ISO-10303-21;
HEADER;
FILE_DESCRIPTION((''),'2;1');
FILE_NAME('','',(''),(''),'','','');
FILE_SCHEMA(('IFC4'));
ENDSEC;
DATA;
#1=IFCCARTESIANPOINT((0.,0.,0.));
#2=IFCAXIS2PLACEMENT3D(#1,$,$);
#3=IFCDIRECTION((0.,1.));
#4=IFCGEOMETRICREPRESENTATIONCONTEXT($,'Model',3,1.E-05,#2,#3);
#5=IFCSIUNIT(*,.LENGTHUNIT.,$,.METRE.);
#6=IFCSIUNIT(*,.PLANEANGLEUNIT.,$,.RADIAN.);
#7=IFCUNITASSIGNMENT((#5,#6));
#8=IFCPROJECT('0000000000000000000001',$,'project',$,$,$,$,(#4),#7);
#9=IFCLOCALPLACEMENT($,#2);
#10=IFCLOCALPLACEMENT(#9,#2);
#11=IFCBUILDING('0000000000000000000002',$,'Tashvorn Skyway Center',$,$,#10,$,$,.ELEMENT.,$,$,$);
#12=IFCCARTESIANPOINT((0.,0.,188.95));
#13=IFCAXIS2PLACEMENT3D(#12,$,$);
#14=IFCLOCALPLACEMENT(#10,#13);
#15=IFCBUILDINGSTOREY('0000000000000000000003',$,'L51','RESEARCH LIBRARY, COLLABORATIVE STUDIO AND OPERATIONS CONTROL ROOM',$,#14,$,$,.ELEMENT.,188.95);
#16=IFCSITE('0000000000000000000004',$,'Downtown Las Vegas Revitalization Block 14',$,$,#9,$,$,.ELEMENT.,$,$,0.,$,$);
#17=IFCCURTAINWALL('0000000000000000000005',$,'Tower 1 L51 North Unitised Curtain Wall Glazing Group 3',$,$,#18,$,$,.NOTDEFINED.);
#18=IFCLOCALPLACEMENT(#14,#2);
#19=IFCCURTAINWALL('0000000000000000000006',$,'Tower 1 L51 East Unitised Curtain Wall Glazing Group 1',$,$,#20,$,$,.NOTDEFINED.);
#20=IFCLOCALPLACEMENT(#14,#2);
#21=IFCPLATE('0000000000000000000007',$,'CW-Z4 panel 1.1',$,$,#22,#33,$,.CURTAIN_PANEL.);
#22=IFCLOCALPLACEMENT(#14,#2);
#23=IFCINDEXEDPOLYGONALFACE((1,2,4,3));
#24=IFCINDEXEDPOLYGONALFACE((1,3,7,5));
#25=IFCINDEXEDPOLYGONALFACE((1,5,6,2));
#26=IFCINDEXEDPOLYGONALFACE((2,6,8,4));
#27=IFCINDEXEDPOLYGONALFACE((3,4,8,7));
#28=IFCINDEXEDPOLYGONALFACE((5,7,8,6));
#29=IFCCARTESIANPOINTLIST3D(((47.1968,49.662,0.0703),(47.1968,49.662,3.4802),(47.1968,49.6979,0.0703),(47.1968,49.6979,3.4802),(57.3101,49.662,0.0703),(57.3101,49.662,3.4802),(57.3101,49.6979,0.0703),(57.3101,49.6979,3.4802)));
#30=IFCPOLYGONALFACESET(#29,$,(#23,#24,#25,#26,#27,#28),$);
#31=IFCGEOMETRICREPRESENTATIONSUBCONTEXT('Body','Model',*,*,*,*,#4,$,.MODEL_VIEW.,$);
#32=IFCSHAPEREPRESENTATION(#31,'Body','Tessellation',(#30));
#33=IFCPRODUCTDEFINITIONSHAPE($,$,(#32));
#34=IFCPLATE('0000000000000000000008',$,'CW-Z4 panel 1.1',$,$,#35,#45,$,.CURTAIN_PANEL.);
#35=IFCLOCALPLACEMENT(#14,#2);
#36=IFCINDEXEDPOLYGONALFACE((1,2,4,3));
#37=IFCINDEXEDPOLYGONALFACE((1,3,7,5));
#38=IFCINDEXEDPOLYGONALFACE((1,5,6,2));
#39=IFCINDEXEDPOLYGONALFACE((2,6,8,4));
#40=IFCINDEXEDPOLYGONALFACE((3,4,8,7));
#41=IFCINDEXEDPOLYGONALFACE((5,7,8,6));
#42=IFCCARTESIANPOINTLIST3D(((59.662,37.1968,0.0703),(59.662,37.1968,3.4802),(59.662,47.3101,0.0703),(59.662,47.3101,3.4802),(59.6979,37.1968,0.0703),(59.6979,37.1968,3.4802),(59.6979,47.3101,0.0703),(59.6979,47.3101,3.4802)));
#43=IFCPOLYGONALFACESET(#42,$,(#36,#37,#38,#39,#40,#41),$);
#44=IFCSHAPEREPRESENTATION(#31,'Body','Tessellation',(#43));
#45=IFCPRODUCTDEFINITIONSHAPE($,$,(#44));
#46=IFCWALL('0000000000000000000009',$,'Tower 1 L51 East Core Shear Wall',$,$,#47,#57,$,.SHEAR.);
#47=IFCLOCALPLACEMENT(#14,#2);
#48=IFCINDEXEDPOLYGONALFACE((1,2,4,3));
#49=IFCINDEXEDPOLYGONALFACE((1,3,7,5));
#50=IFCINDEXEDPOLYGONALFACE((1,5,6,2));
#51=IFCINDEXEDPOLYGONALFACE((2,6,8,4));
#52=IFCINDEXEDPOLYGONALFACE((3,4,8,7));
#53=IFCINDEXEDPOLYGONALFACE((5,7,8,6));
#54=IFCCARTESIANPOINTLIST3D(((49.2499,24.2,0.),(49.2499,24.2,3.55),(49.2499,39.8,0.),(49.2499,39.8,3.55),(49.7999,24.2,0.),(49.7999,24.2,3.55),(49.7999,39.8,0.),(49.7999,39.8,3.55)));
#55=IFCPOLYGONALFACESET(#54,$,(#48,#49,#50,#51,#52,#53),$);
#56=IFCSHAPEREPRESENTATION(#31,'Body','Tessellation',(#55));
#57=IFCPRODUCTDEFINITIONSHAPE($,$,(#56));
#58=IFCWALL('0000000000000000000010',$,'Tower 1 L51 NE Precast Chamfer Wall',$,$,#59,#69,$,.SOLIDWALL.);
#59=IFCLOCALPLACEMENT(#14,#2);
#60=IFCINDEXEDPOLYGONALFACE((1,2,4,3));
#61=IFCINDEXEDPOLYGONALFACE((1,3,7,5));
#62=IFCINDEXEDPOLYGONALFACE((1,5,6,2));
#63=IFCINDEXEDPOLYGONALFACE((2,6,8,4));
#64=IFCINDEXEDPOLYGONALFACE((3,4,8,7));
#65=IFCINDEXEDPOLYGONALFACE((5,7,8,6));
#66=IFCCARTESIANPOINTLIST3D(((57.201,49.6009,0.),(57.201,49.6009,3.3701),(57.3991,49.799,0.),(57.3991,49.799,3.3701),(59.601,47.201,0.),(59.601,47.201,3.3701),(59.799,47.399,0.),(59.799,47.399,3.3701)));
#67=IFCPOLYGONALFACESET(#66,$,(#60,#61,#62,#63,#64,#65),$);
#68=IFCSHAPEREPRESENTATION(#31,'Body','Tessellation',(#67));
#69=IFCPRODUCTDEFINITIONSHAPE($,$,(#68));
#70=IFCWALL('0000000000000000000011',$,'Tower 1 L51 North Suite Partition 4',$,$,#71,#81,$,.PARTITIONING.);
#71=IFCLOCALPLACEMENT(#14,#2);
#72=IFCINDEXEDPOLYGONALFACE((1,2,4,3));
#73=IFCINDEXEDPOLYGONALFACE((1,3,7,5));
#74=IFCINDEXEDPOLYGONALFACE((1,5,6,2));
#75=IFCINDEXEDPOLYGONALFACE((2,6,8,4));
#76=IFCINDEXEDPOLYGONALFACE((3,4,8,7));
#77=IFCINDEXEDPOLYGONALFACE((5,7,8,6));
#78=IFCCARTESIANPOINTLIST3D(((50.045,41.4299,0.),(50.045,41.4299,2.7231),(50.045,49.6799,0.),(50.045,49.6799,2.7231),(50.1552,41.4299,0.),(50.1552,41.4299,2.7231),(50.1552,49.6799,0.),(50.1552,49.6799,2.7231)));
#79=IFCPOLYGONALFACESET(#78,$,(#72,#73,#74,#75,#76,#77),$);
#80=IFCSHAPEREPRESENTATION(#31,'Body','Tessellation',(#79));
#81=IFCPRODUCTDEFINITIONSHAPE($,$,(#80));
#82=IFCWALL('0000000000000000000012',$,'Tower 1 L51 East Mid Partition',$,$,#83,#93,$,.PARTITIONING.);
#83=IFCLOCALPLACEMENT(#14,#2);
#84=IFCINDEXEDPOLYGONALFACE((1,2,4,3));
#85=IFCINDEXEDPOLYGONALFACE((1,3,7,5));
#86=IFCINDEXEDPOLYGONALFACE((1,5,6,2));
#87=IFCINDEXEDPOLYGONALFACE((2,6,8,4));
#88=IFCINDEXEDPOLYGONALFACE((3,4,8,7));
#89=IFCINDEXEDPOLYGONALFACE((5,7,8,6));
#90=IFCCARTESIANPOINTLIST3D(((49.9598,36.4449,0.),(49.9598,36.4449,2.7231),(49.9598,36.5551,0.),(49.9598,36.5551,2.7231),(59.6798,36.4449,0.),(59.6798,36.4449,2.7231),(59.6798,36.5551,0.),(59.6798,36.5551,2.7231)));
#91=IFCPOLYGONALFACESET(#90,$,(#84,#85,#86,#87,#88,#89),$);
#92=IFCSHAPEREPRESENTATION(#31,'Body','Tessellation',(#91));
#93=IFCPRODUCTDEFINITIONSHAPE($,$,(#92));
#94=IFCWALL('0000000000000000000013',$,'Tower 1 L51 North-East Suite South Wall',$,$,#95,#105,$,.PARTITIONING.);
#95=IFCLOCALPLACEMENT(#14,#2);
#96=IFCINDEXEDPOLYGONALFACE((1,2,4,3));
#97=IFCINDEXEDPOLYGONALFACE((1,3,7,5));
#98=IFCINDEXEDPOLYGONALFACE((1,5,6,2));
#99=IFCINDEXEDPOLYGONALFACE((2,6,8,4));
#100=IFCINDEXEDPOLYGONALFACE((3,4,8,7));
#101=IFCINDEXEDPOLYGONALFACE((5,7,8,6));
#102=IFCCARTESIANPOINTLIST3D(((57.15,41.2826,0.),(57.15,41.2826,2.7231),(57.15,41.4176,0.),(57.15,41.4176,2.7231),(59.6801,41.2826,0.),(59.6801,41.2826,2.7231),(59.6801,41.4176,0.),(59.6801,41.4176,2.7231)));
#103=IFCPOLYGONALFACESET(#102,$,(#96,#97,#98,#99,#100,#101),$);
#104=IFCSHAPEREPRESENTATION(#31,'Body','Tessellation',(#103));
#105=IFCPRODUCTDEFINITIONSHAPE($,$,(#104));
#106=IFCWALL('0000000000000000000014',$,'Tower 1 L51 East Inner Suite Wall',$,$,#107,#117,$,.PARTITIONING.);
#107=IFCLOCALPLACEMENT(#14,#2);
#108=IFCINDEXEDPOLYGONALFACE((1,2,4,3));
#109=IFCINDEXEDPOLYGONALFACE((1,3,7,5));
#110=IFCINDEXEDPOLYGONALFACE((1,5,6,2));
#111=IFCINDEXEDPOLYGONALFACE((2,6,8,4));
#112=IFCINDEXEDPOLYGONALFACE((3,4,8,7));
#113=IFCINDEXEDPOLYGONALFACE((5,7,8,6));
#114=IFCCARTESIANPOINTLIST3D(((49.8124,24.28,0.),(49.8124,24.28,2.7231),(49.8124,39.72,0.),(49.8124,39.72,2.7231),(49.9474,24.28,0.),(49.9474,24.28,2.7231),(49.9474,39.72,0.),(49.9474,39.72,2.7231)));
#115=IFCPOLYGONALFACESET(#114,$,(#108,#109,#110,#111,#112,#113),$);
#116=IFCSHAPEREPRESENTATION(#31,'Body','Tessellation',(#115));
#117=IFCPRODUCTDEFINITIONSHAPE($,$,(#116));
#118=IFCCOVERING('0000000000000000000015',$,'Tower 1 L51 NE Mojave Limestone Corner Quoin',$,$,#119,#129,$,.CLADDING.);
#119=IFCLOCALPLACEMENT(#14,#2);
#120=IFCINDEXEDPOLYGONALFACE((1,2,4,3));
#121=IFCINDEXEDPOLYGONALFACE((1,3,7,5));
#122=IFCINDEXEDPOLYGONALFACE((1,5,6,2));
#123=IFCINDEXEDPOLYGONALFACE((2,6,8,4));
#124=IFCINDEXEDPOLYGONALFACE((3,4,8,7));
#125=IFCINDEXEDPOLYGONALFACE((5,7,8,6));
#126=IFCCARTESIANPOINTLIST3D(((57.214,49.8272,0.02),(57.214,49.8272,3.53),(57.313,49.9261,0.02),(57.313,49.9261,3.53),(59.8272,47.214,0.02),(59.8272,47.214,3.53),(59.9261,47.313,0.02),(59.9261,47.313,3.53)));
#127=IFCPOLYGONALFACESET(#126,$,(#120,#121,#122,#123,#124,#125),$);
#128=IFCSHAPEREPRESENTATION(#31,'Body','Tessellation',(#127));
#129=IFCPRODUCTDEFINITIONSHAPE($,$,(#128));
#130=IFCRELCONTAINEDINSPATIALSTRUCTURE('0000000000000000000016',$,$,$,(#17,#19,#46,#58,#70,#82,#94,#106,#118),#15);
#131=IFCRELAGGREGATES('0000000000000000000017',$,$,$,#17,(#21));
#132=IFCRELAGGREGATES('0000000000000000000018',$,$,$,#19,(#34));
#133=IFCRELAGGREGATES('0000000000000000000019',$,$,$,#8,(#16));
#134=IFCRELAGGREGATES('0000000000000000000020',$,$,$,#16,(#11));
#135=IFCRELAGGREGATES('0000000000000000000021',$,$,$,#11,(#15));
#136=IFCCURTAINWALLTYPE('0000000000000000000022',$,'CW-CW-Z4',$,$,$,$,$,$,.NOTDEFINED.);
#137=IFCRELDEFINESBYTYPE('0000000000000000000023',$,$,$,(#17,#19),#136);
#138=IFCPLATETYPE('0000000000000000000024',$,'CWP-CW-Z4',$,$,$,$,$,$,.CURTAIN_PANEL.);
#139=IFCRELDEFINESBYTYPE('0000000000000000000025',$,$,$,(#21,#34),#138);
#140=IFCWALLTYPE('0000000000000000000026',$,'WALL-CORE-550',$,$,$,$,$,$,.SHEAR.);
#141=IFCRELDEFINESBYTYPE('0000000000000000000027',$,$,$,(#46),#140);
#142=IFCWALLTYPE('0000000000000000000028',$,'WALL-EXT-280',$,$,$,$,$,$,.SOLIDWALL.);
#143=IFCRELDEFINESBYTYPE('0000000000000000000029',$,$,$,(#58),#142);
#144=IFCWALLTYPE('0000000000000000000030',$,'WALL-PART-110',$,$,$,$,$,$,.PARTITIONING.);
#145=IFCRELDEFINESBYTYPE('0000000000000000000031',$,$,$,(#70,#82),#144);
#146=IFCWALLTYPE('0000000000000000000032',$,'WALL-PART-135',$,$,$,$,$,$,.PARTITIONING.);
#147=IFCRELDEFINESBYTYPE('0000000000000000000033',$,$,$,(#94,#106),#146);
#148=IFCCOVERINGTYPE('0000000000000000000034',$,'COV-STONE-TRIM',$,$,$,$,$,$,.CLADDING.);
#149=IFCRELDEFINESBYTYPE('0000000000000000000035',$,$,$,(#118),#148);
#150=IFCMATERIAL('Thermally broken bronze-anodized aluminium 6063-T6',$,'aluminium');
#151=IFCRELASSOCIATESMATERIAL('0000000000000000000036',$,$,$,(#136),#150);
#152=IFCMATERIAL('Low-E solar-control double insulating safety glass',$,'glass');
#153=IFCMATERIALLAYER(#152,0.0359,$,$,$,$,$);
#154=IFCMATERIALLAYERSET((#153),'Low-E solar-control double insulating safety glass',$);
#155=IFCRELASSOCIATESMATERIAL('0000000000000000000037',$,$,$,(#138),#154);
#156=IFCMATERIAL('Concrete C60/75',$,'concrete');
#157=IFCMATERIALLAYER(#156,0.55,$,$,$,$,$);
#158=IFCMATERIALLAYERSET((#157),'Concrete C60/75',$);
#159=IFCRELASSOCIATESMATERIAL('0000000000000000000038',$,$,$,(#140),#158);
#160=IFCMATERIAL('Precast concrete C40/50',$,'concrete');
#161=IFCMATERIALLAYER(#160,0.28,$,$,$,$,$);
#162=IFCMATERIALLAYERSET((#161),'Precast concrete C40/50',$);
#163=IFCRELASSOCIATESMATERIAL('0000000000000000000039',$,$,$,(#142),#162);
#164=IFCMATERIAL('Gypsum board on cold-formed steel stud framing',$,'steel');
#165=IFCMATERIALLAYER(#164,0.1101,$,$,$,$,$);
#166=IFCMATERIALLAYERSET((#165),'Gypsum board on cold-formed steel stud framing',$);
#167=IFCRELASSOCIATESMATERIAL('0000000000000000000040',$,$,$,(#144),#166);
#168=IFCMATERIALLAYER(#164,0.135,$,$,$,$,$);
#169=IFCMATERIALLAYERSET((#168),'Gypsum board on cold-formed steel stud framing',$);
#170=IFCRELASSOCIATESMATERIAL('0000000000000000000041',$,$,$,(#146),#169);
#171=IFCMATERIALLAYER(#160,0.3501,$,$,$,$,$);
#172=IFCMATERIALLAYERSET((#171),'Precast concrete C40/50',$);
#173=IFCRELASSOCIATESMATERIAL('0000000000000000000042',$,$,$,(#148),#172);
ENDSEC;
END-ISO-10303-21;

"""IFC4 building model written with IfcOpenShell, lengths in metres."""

from ifc_helpers import new_model, si_unit, direction, frame, frame_2d, origin, origin_2d, place, context, subcontext, project, spatial, rectangle, extrude, material, layer, layer_set, type_object, element, aggregate, save


model = new_model("IFC4")

# Units and contexts
model_context = context("Model", 3, precision=1e-05, world=origin(), true_north=direction((0.0, 1.0)))
body_context = subcontext(model_context, "Body", "Model", "MODEL_VIEW")
ifc_project = project(units=[si_unit("LENGTHUNIT", "METRE"), si_unit("PLANEANGLEUNIT", "RADIAN")], contexts=[model_context])

# Site, building, storey
site_placement = place(None, origin())
site = spatial("IfcSite", under=ifc_project, at=site_placement, Name="Downtown Las Vegas Revitalization Block 14", CompositionType="ELEMENT", RefElevation=0.0)
building_placement = place(site_placement, origin())
building = spatial("IfcBuilding", under=site, at=building_placement, Name="Tashvorn Skyway Center", CompositionType="ELEMENT")
storey_placement = place(building_placement, frame((0.0, 0.0, 188.95)))
storey = spatial("IfcBuildingStorey", under=building, at=storey_placement, Name="L51", Description="RESEARCH LIBRARY, COLLABORATIVE STUDIO AND OPERATIONS CONTROL ROOM", CompositionType="ELEMENT", Elevation=188.95)

# Curtain walls
ifc_material_1 = material(Name="Thermally broken bronze-anodized aluminium 6063-T6", Category="aluminium")
curtain_wall_type = type_object("IfcCurtainWallType", Name="CW-CW-Z4", PredefinedType="NOTDEFINED", material=ifc_material_1)
curtain_wall_1_placement = place(storey_placement, origin())
curtain_wall_1 = element("IfcCurtainWall", 1, at=curtain_wall_1_placement, inside=storey, type_object=curtain_wall_type, Name="Tower 1 L51 North Unitised Curtain Wall Glazing Group 3", PredefinedType="NOTDEFINED")
curtain_wall_2_placement = place(storey_placement, origin())
curtain_wall_2 = element("IfcCurtainWall", 2, at=curtain_wall_2_placement, inside=storey, type_object=curtain_wall_type, Name="Tower 1 L51 East Unitised Curtain Wall Glazing Group 1", PredefinedType="NOTDEFINED")

# Plates
ifc_material_2 = material(Name="Low-E solar-control double insulating safety glass", Category="glass")
ifc_layer_1 = layer(ifc_material_2, 0.0359)
ifc_layer_set_1 = layer_set([ifc_layer_1], Name="Low-E solar-control double insulating safety glass")
plate_type = type_object("IfcPlateType", Name="CWP-CW-Z4", PredefinedType="CURTAIN_PANEL", material=ifc_layer_set_1)
plate_1_placement = place(storey_placement, frame((52.2534, 49.6799, 0.0703), z_axis=(0.0, 0.0, 1.0), x_axis=(1.0, 0.0, 0.0)))
plate_1 = element("IfcPlate", 3, at=plate_1_placement, type_object=plate_type, Name="CW-Z4 panel 1.1", PredefinedType="CURTAIN_PANEL", context=body_context, shape_type="SweptSolid", body=[
    extrude(rectangle(XDim=10.1133, YDim=0.0359, at=origin_2d()), origin(), (0.0, 0.0, 1.0), 3.4099),
])
aggregate(curtain_wall_1, [plate_1])
plate_2_placement = place(storey_placement, frame((59.6799, 42.2534, 0.0703), z_axis=(0.0, 0.0, 1.0), x_axis=(0.0, -1.0, 0.0)))
plate_2 = element("IfcPlate", 4, at=plate_2_placement, type_object=plate_type, Name="CW-Z4 panel 1.1", PredefinedType="CURTAIN_PANEL", context=body_context, shape_type="SweptSolid", body=[
    extrude(rectangle(XDim=10.1133, YDim=0.0359, at=origin_2d()), origin(), (0.0, 0.0, 1.0), 3.4099),
])
aggregate(curtain_wall_2, [plate_2])

# Walls
ifc_material_3 = material(Name="Concrete C60/75", Category="concrete")
ifc_layer_2 = layer(ifc_material_3, 0.55)
ifc_layer_set_2 = layer_set([ifc_layer_2], Name="Concrete C60/75")
wall_type_1 = type_object("IfcWallType", Name="WALL-CORE-550", PredefinedType="SHEAR", material=ifc_layer_set_2)
wall_1_placement = place(storey_placement, frame((49.5249, 39.8, 0.0), z_axis=(0.0, 0.0, 1.0), x_axis=(0.0, -1.0, 0.0)))
element("IfcWall", 5, at=wall_1_placement, inside=storey, type_object=wall_type_1, Name="Tower 1 L51 East Core Shear Wall", PredefinedType="SHEAR", context=body_context, shape_type="SweptSolid", body=[
    extrude(rectangle(XDim=15.6001, YDim=0.55, at=frame_2d((7.8, 0.0))), origin(), (0.0, 0.0, 1.0), 3.55),
])
ifc_material_4 = material(Name="Precast concrete C40/50", Category="concrete")
ifc_layer_3 = layer(ifc_material_4, 0.28)
ifc_layer_set_3 = layer_set([ifc_layer_3], Name="Precast concrete C40/50")
wall_type_2 = type_object("IfcWallType", Name="WALL-EXT-280", PredefinedType="SOLIDWALL", material=ifc_layer_set_3)
wall_2_placement = place(storey_placement, frame((57.3, 49.7, 0.0), z_axis=(0.0, 0.0, 1.0), x_axis=(0.707107, -0.707107, 0.0)))
element("IfcWall", 6, at=wall_2_placement, inside=storey, type_object=wall_type_2, Name="Tower 1 L51 NE Precast Chamfer Wall", PredefinedType="SOLIDWALL", context=body_context, shape_type="SweptSolid", body=[
    extrude(rectangle(XDim=3.394, YDim=0.28, at=frame_2d((1.697, 0.0))), origin(), (0.0, 0.0, 1.0), 3.3701),
])
ifc_material_5 = material(Name="Gypsum board on cold-formed steel stud framing", Category="steel")
ifc_layer_4 = layer(ifc_material_5, 0.1101)
ifc_layer_set_4 = layer_set([ifc_layer_4], Name="Gypsum board on cold-formed steel stud framing")
wall_type_3 = type_object("IfcWallType", Name="WALL-PART-110", PredefinedType="PARTITIONING", material=ifc_layer_set_4)
wall_3_placement = place(storey_placement, frame((50.1001, 41.4299, 0.0), z_axis=(0.0, 0.0, 1.0), x_axis=(0.0, 1.0, 0.0)))
element("IfcWall", 7, at=wall_3_placement, inside=storey, type_object=wall_type_3, Name="Tower 1 L51 North Suite Partition 4", PredefinedType="PARTITIONING", context=body_context, shape_type="SweptSolid", body=[
    extrude(rectangle(XDim=8.25, YDim=0.1101, at=frame_2d((4.125, 0.0))), origin(), (0.0, 0.0, 1.0), 2.7231),
])
wall_4_placement = place(storey_placement, frame((49.96, 36.5, 0.0), z_axis=(0.0, 0.0, 1.0), x_axis=(1.0, 0.0, 0.0)))
element("IfcWall", 8, at=wall_4_placement, inside=storey, type_object=wall_type_3, Name="Tower 1 L51 East Mid Partition", PredefinedType="PARTITIONING", context=body_context, shape_type="SweptSolid", body=[
    extrude(rectangle(XDim=9.72, YDim=0.1101, at=frame_2d((4.8599, 0.0))), origin(), (0.0, 0.0, 1.0), 2.7231),
])
ifc_layer_5 = layer(ifc_material_5, 0.135)
ifc_layer_set_5 = layer_set([ifc_layer_5], Name="Gypsum board on cold-formed steel stud framing")
wall_type_4 = type_object("IfcWallType", Name="WALL-PART-135", PredefinedType="PARTITIONING", material=ifc_layer_set_5)
wall_5_placement = place(storey_placement, frame((57.1499, 41.3501, 0.0), z_axis=(0.0, 0.0, 1.0), x_axis=(1.0, 0.0, 0.0)))
element("IfcWall", 9, at=wall_5_placement, inside=storey, type_object=wall_type_4, Name="Tower 1 L51 North-East Suite South Wall", PredefinedType="PARTITIONING", context=body_context, shape_type="SweptSolid", body=[
    extrude(rectangle(XDim=2.53, YDim=0.135, at=frame_2d((1.2651, 0.0))), origin(), (0.0, 0.0, 1.0), 2.7231),
])
wall_6_placement = place(storey_placement, frame((49.8799, 39.72, 0.0), z_axis=(0.0, 0.0, 1.0), x_axis=(0.0, -1.0, 0.0)))
element("IfcWall", 10, at=wall_6_placement, inside=storey, type_object=wall_type_4, Name="Tower 1 L51 East Inner Suite Wall", PredefinedType="PARTITIONING", context=body_context, shape_type="SweptSolid", body=[
    extrude(rectangle(XDim=15.4399, YDim=0.135, at=frame_2d((7.72, 0.0))), origin(), (0.0, 0.0, 1.0), 2.7231),
])

# Covering
ifc_layer_6 = layer(ifc_material_4, 0.3501)
ifc_layer_set_6 = layer_set([ifc_layer_6], Name="Precast concrete C40/50")
covering_type = type_object("IfcCoveringType", Name="COV-STONE-TRIM", PredefinedType="CLADDING", material=ifc_layer_set_6)
covering_placement = place(storey_placement, frame((58.5701, 48.5701, 0.02), z_axis=(0.0, 0.0, 1.0), x_axis=(0.707107, -0.707107, 0.0)))
element("IfcCovering", 11, at=covering_placement, inside=storey, type_object=covering_type, Name="Tower 1 L51 NE Mojave Limestone Corner Quoin", PredefinedType="CLADDING", context=body_context, shape_type="SweptSolid", body=[
    extrude(rectangle(XDim=3.6956, YDim=0.1399, at=origin_2d()), origin(), (0.0, 0.0, 1.0), 3.51),
])

save(model, "model.ifc")
